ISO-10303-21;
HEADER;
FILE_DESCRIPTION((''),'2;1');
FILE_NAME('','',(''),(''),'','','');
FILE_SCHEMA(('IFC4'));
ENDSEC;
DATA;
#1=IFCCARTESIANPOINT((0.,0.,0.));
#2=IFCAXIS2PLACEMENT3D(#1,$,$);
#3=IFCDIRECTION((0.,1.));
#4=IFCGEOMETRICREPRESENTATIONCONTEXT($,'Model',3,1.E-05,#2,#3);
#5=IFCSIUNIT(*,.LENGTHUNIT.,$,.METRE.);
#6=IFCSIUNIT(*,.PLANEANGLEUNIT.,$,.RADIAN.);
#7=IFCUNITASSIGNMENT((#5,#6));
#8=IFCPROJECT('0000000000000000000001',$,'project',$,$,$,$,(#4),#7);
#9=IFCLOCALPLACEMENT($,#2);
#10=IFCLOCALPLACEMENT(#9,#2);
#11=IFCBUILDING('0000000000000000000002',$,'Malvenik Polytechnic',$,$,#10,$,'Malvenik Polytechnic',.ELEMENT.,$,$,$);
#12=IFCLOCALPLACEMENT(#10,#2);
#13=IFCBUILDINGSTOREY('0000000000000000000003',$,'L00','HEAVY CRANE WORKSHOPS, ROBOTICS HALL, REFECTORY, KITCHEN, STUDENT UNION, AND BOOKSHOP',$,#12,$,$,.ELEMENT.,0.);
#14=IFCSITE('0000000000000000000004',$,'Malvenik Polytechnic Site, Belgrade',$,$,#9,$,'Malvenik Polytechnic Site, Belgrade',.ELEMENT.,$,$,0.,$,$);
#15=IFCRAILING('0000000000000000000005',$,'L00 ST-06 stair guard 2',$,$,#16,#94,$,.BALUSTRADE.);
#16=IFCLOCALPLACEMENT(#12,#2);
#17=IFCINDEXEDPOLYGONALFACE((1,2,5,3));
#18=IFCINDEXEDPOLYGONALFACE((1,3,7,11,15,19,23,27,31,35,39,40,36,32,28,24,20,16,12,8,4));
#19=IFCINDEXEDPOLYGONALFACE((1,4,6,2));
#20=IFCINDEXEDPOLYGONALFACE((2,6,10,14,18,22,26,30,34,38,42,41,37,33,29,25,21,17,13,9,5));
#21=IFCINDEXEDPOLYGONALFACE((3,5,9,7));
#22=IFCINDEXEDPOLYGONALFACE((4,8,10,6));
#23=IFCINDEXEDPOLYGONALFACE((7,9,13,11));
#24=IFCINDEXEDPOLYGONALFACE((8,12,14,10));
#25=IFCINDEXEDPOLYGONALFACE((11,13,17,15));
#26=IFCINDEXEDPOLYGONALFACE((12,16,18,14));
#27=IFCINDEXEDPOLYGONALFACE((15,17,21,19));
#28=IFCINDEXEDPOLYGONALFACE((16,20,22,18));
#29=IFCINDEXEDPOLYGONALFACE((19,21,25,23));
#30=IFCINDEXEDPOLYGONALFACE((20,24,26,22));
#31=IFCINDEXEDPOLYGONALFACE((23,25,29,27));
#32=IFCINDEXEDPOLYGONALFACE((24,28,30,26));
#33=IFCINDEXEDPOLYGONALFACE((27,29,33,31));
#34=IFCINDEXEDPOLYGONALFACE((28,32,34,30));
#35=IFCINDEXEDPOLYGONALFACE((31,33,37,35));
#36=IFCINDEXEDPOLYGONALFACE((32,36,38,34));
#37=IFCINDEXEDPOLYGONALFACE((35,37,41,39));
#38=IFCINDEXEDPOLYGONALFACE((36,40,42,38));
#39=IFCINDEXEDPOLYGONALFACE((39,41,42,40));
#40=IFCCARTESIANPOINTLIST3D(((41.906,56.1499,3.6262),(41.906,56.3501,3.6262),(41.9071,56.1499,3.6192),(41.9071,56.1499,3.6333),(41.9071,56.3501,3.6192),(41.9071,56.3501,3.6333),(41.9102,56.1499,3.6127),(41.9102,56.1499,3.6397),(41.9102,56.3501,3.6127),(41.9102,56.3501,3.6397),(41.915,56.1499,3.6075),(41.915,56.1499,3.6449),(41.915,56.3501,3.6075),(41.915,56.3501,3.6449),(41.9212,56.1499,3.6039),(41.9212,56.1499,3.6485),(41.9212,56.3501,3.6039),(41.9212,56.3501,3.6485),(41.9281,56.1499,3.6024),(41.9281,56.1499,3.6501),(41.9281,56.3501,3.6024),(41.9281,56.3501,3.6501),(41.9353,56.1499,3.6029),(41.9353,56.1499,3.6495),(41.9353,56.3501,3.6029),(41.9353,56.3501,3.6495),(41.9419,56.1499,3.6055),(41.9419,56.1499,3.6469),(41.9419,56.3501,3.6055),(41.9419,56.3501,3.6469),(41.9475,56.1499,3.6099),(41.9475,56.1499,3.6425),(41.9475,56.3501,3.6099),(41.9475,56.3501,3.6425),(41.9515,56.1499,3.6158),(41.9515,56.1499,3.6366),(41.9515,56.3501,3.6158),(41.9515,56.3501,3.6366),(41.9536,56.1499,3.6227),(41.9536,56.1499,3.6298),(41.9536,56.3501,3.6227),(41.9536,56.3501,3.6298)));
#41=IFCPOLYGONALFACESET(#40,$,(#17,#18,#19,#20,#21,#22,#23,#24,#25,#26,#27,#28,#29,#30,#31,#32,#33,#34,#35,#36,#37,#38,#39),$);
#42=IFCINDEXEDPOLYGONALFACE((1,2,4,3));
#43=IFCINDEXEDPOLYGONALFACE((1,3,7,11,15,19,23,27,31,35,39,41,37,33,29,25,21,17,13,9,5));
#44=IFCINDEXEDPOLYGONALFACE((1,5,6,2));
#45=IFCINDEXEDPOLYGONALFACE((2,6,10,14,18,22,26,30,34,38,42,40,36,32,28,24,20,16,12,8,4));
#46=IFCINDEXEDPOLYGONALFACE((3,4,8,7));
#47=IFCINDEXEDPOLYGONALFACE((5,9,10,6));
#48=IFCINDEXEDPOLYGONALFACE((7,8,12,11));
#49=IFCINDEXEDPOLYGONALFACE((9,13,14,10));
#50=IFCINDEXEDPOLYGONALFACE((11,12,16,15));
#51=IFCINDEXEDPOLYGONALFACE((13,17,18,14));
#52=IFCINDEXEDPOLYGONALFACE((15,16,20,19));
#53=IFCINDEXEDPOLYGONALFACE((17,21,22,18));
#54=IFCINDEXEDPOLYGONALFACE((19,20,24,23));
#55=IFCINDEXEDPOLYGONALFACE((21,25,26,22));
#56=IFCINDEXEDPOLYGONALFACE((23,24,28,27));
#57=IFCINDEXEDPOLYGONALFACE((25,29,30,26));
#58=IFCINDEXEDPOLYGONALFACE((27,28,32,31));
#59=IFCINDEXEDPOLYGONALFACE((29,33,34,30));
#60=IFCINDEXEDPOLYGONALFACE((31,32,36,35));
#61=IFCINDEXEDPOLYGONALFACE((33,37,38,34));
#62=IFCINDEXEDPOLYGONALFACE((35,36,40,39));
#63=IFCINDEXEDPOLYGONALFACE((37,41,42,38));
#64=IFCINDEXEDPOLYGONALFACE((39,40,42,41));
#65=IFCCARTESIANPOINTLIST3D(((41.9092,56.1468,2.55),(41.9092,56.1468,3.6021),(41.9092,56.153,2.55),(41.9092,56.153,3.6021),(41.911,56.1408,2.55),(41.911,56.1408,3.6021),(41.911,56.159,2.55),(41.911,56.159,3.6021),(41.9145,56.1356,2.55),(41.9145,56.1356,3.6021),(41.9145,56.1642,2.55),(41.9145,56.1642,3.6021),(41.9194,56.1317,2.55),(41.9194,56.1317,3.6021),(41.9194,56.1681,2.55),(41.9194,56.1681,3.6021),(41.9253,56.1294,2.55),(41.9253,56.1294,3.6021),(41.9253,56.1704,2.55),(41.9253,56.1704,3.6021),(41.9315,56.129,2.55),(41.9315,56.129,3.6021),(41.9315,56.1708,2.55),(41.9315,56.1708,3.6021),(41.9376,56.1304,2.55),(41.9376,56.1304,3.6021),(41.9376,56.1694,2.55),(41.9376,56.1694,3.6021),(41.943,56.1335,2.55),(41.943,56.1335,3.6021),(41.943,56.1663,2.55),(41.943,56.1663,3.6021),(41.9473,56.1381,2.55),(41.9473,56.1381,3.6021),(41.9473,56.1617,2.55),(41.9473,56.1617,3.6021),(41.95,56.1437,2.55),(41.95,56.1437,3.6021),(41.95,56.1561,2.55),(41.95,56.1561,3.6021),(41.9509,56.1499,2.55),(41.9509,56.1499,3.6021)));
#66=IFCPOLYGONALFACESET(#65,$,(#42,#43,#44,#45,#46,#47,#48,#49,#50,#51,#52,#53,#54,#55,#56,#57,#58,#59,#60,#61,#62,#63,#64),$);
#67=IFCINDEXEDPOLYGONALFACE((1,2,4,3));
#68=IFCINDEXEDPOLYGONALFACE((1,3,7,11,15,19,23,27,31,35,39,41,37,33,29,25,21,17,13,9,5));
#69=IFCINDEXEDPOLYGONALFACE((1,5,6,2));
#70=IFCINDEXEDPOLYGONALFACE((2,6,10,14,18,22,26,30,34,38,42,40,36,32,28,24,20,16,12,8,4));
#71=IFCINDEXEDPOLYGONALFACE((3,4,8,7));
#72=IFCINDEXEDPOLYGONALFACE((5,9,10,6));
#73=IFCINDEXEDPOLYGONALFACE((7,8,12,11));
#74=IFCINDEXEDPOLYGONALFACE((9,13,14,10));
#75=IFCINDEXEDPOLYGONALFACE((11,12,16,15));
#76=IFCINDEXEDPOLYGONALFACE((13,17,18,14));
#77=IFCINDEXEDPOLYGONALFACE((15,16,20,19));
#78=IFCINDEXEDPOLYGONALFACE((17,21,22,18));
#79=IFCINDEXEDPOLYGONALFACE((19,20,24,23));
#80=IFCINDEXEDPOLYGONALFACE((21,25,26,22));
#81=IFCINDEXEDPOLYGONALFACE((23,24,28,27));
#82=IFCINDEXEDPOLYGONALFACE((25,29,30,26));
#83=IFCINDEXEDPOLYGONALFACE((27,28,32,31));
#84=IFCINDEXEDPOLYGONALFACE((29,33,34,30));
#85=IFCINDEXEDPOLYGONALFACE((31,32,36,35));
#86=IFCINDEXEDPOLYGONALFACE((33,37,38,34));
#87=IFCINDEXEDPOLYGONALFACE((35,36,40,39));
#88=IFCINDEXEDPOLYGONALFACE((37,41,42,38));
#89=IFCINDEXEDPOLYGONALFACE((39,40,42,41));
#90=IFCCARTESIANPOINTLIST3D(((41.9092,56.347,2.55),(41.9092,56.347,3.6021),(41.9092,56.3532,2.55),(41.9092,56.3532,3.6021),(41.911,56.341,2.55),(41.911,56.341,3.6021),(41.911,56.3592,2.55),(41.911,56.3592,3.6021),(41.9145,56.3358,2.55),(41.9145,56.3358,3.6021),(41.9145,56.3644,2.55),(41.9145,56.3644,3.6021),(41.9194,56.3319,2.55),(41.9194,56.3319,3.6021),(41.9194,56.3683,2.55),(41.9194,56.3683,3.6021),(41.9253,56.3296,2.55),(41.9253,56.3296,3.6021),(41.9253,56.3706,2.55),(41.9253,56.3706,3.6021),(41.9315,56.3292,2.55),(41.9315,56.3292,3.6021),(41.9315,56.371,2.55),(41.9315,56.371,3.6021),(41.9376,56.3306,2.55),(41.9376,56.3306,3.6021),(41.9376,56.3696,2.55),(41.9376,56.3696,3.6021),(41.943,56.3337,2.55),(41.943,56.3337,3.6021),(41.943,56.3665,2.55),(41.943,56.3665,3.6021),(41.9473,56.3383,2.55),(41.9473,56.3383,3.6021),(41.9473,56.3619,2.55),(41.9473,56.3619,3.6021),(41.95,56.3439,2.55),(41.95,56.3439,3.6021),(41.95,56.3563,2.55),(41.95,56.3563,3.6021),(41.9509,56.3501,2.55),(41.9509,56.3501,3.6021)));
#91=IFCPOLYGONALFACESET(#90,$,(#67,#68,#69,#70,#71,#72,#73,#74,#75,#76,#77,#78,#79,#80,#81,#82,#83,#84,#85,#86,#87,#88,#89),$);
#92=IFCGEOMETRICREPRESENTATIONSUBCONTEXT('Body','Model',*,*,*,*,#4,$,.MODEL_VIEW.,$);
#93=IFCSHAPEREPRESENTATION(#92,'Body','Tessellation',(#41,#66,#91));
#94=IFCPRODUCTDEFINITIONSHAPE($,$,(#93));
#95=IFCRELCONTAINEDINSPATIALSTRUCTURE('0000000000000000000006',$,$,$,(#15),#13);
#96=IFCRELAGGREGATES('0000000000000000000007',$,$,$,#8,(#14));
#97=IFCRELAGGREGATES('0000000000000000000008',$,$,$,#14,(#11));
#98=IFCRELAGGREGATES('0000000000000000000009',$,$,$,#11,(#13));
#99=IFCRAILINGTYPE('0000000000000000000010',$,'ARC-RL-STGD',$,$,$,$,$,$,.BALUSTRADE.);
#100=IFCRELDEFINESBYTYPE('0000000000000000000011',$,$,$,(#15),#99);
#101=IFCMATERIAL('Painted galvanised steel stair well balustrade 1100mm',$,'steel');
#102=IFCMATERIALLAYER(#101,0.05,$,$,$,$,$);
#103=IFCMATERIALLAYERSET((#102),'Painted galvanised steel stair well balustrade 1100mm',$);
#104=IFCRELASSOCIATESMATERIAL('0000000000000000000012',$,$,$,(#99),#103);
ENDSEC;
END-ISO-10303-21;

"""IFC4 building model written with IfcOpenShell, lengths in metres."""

from ifc_helpers import new_model, si_unit, direction, frame, origin, origin_2d, place, context, subcontext, project, spatial, circle, extrude, material, layer, layer_set, type_object, element, save


model = new_model("IFC4")

# Units and contexts
model_context = context("Model", 3, precision=1e-05, world=origin(), true_north=direction((0.0, 1.0)))
body_context = subcontext(model_context, "Body", "Model", "MODEL_VIEW")
ifc_project = project(units=[si_unit("LENGTHUNIT", "METRE"), si_unit("PLANEANGLEUNIT", "RADIAN")], contexts=[model_context])

# Site, building, storey
site_placement = place(None, origin())
site = spatial("IfcSite", under=ifc_project, at=site_placement, Name="Malvenik Polytechnic Site, Belgrade", LongName="Malvenik Polytechnic Site, Belgrade", CompositionType="ELEMENT", RefElevation=0.0)
building_placement = place(site_placement, origin())
building = spatial("IfcBuilding", under=site, at=building_placement, Name="Malvenik Polytechnic", LongName="Malvenik Polytechnic", CompositionType="ELEMENT")
storey_placement = place(building_placement, origin())
storey = spatial("IfcBuildingStorey", under=building, at=storey_placement, Name="L00", Description="HEAVY CRANE WORKSHOPS, ROBOTICS HALL, REFECTORY, KITCHEN, STUDENT UNION, AND BOOKSHOP", CompositionType="ELEMENT", Elevation=0.0)

# Railing
ifc_material_1 = material(Name="Painted galvanised steel stair well balustrade 1100mm", Category="steel")
ifc_layer_1 = layer(ifc_material_1, 0.05)
ifc_layer_set_1 = layer_set([ifc_layer_1], Name="Painted galvanised steel stair well balustrade 1100mm")
railing_type_1 = type_object("IfcRailingType", Name="ARC-RL-STGD", PredefinedType="BALUSTRADE", material=ifc_layer_set_1)
railing_1_placement = place(storey_placement, frame((41.9299, 56.1499, 2.55)))
element("IfcRailing", 1, at=railing_1_placement, inside=storey, type_object=railing_type_1, Name="L00 ST-06 stair guard 2", PredefinedType="BALUSTRADE", context=body_context, shape_type="SweptSolid", body=[
    extrude(circle(Radius=0.0239, at=origin_2d()), frame((0.0, 0.0, 1.0762), z_axis=(0.0, 1.0, 0.0), x_axis=(-1.0, 0.0, 0.0)), (0.0, 0.0, 1.0), 0.2002),
    extrude(circle(Radius=0.021, at=origin_2d()), origin(), (0.0, 0.0, 1.0), 1.052),
    extrude(circle(Radius=0.021, at=origin_2d()), frame((0.0, 0.2002, 0.0)), (0.0, 0.0, 1.0), 1.052),
])

save(model, "model.ifc")
